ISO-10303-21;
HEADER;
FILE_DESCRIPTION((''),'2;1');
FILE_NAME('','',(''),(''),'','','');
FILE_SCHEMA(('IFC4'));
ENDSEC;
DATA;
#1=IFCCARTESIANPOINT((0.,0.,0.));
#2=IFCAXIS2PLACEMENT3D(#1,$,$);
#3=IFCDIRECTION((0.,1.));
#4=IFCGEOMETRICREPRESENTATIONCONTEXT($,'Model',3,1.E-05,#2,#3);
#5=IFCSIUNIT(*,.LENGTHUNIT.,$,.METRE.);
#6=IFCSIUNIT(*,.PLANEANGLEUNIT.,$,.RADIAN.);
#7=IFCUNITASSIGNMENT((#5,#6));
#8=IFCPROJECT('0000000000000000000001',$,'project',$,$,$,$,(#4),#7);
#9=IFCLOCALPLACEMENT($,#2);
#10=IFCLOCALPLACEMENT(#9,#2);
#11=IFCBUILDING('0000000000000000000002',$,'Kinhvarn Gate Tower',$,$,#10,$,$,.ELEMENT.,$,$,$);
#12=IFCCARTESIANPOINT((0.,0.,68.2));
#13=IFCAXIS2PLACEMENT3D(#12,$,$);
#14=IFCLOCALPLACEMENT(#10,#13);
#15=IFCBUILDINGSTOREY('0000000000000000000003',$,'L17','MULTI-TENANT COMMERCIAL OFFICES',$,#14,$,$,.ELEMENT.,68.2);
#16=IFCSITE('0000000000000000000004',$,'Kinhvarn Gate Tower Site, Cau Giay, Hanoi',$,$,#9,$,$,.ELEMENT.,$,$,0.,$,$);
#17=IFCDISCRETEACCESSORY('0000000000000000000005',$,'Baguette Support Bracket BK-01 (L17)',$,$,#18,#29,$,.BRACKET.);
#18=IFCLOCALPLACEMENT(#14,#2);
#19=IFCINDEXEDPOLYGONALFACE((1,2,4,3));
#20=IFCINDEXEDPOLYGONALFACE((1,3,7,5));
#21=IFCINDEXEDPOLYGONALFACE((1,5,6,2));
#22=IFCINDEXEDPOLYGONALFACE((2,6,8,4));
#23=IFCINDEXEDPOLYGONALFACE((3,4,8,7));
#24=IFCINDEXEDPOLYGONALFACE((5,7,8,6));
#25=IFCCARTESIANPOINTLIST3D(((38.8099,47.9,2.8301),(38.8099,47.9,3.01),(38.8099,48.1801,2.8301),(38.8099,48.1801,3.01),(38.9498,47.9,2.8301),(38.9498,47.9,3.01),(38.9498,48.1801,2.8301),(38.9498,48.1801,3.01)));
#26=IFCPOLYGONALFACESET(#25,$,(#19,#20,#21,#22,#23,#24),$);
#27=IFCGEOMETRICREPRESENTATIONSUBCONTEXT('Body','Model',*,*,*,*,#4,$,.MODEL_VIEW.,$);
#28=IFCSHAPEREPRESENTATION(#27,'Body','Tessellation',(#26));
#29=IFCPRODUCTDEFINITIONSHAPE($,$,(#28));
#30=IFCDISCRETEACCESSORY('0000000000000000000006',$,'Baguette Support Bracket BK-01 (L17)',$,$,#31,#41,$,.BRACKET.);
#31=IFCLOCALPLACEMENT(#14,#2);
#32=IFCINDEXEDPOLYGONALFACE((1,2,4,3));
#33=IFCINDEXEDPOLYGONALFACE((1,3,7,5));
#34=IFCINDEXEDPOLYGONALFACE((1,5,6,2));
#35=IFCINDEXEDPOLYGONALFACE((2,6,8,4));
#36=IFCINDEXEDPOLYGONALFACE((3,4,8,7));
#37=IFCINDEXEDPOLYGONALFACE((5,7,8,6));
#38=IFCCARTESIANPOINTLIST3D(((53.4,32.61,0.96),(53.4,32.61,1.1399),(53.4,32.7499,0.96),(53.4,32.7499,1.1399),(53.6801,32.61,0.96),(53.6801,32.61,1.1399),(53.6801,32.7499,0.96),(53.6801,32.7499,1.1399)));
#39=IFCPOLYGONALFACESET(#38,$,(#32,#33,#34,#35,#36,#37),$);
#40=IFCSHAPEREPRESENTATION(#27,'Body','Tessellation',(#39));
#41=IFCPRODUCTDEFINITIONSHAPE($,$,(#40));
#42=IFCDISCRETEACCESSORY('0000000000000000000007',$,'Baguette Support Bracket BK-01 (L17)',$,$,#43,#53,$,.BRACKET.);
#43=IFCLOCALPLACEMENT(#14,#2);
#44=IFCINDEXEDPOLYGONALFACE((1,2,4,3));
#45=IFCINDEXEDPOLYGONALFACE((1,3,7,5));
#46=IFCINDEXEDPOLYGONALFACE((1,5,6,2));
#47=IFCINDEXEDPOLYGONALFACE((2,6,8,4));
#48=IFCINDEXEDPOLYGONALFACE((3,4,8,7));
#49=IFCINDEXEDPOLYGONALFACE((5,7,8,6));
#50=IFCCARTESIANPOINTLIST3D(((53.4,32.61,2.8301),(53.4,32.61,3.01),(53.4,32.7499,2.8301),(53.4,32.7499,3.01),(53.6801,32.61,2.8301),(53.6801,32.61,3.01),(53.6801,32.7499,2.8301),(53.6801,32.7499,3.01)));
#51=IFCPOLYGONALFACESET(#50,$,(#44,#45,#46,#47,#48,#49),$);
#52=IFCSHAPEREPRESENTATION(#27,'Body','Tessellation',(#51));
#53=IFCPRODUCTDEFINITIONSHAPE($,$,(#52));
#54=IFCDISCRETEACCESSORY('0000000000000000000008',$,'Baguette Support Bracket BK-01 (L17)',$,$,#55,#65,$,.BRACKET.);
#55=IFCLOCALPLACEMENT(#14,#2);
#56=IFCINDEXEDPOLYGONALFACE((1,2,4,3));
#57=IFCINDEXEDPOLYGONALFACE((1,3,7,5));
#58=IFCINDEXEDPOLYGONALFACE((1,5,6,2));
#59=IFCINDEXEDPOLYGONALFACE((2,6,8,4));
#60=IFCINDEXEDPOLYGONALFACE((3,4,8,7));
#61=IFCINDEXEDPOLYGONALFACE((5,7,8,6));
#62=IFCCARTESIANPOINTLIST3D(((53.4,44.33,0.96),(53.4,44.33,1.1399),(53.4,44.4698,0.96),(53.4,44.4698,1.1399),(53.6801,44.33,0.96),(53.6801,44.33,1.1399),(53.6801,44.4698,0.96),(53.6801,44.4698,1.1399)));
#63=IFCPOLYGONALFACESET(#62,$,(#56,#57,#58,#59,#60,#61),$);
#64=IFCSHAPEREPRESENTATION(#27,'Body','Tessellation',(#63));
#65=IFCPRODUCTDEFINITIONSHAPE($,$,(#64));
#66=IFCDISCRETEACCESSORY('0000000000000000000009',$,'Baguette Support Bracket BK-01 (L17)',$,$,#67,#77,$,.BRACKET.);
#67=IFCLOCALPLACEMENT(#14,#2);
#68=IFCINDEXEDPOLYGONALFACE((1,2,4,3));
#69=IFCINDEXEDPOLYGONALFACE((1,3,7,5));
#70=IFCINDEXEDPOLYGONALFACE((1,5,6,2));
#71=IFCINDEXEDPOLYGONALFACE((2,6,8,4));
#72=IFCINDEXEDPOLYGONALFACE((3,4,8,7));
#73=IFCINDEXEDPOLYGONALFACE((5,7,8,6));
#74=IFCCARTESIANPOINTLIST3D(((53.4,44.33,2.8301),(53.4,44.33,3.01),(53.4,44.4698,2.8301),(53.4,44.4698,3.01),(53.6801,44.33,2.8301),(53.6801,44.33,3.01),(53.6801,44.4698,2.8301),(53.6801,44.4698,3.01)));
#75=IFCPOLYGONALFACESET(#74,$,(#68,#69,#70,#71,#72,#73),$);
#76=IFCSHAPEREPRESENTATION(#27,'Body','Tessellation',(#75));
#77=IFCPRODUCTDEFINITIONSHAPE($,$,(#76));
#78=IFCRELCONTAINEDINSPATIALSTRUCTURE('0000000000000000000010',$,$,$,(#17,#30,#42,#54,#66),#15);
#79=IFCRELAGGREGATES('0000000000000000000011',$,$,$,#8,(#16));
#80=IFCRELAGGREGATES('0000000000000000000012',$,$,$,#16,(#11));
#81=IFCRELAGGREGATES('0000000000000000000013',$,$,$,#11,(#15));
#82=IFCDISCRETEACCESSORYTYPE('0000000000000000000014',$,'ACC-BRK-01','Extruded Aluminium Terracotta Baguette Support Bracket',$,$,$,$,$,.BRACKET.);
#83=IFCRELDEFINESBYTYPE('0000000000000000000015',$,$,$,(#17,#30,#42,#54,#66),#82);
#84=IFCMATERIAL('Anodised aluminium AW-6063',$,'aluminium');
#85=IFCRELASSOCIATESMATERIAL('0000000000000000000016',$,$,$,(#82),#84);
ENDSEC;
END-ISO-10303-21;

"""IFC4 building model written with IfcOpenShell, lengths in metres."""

from ifc_helpers import new_model, si_unit, direction, frame, origin, origin_2d, place, context, subcontext, project, spatial, rectangle, extrude, material, type_object, element, save


model = new_model("IFC4")

# Units and contexts
model_context = context("Model", 3, precision=1e-05, world=origin(), true_north=direction((0.0, 1.0)))
body_context = subcontext(model_context, "Body", "Model", "MODEL_VIEW")
ifc_project = project(units=[si_unit("LENGTHUNIT", "METRE"), si_unit("PLANEANGLEUNIT", "RADIAN")], contexts=[model_context])

# Site, building, storey
site_placement = place(None, origin())
site = spatial("IfcSite", under=ifc_project, at=site_placement, Name="Kinhvarn Gate Tower Site, Cau Giay, Hanoi", CompositionType="ELEMENT", RefElevation=0.0)
building_placement = place(site_placement, origin())
building = spatial("IfcBuilding", under=site, at=building_placement, Name="Kinhvarn Gate Tower", CompositionType="ELEMENT")
storey_placement = place(building_placement, frame((0.0, 0.0, 68.2)))
storey = spatial("IfcBuildingStorey", under=building, at=storey_placement, Name="L17", Description="MULTI-TENANT COMMERCIAL OFFICES", CompositionType="ELEMENT", Elevation=68.2)

# Shared definitions
ifc_material_1 = material(Name="Anodised aluminium AW-6063", Category="aluminium")

# Discrete accessories
discrete_accessory_type = type_object("IfcDiscreteAccessoryType", Name="ACC-BRK-01", Description="Extruded Aluminium Terracotta Baguette Support Bracket", PredefinedType="BRACKET", material=ifc_material_1)
for number, where, z_axis, x_axis, name in (
    (1, (38.8799, 48.04, 2.8301), (0.0, 0.0, 1.0), (-1.0, 0.0, 0.0), "Baguette Support Bracket BK-01 (L17)"),
    (2, (53.54, 32.6799, 0.96), (0.0, 0.0, 1.0), (0.0, 1.0, 0.0), "Baguette Support Bracket BK-01 (L17)"),
    (3, (53.54, 32.6799, 2.8301), (0.0, 0.0, 1.0), (0.0, 1.0, 0.0), "Baguette Support Bracket BK-01 (L17)"),
    (4, (53.54, 44.3999, 0.96), (0.0, 0.0, 1.0), (0.0, 1.0, 0.0), "Baguette Support Bracket BK-01 (L17)"),
    (5, (53.54, 44.3999, 2.8301), (0.0, 0.0, 1.0), (0.0, 1.0, 0.0), "Baguette Support Bracket BK-01 (L17)"),
):
    element("IfcDiscreteAccessory", number, at=place(storey_placement, frame(where, z_axis=z_axis, x_axis=x_axis)), inside=storey, type_object=discrete_accessory_type, Name=name, PredefinedType="BRACKET", context=body_context, shape_type="SweptSolid", body=[
        extrude(rectangle(XDim=0.1399, YDim=0.28, at=origin_2d()), origin(), (0.0, 0.0, 1.0), 0.1799),
    ])

save(model, "model.ifc")
